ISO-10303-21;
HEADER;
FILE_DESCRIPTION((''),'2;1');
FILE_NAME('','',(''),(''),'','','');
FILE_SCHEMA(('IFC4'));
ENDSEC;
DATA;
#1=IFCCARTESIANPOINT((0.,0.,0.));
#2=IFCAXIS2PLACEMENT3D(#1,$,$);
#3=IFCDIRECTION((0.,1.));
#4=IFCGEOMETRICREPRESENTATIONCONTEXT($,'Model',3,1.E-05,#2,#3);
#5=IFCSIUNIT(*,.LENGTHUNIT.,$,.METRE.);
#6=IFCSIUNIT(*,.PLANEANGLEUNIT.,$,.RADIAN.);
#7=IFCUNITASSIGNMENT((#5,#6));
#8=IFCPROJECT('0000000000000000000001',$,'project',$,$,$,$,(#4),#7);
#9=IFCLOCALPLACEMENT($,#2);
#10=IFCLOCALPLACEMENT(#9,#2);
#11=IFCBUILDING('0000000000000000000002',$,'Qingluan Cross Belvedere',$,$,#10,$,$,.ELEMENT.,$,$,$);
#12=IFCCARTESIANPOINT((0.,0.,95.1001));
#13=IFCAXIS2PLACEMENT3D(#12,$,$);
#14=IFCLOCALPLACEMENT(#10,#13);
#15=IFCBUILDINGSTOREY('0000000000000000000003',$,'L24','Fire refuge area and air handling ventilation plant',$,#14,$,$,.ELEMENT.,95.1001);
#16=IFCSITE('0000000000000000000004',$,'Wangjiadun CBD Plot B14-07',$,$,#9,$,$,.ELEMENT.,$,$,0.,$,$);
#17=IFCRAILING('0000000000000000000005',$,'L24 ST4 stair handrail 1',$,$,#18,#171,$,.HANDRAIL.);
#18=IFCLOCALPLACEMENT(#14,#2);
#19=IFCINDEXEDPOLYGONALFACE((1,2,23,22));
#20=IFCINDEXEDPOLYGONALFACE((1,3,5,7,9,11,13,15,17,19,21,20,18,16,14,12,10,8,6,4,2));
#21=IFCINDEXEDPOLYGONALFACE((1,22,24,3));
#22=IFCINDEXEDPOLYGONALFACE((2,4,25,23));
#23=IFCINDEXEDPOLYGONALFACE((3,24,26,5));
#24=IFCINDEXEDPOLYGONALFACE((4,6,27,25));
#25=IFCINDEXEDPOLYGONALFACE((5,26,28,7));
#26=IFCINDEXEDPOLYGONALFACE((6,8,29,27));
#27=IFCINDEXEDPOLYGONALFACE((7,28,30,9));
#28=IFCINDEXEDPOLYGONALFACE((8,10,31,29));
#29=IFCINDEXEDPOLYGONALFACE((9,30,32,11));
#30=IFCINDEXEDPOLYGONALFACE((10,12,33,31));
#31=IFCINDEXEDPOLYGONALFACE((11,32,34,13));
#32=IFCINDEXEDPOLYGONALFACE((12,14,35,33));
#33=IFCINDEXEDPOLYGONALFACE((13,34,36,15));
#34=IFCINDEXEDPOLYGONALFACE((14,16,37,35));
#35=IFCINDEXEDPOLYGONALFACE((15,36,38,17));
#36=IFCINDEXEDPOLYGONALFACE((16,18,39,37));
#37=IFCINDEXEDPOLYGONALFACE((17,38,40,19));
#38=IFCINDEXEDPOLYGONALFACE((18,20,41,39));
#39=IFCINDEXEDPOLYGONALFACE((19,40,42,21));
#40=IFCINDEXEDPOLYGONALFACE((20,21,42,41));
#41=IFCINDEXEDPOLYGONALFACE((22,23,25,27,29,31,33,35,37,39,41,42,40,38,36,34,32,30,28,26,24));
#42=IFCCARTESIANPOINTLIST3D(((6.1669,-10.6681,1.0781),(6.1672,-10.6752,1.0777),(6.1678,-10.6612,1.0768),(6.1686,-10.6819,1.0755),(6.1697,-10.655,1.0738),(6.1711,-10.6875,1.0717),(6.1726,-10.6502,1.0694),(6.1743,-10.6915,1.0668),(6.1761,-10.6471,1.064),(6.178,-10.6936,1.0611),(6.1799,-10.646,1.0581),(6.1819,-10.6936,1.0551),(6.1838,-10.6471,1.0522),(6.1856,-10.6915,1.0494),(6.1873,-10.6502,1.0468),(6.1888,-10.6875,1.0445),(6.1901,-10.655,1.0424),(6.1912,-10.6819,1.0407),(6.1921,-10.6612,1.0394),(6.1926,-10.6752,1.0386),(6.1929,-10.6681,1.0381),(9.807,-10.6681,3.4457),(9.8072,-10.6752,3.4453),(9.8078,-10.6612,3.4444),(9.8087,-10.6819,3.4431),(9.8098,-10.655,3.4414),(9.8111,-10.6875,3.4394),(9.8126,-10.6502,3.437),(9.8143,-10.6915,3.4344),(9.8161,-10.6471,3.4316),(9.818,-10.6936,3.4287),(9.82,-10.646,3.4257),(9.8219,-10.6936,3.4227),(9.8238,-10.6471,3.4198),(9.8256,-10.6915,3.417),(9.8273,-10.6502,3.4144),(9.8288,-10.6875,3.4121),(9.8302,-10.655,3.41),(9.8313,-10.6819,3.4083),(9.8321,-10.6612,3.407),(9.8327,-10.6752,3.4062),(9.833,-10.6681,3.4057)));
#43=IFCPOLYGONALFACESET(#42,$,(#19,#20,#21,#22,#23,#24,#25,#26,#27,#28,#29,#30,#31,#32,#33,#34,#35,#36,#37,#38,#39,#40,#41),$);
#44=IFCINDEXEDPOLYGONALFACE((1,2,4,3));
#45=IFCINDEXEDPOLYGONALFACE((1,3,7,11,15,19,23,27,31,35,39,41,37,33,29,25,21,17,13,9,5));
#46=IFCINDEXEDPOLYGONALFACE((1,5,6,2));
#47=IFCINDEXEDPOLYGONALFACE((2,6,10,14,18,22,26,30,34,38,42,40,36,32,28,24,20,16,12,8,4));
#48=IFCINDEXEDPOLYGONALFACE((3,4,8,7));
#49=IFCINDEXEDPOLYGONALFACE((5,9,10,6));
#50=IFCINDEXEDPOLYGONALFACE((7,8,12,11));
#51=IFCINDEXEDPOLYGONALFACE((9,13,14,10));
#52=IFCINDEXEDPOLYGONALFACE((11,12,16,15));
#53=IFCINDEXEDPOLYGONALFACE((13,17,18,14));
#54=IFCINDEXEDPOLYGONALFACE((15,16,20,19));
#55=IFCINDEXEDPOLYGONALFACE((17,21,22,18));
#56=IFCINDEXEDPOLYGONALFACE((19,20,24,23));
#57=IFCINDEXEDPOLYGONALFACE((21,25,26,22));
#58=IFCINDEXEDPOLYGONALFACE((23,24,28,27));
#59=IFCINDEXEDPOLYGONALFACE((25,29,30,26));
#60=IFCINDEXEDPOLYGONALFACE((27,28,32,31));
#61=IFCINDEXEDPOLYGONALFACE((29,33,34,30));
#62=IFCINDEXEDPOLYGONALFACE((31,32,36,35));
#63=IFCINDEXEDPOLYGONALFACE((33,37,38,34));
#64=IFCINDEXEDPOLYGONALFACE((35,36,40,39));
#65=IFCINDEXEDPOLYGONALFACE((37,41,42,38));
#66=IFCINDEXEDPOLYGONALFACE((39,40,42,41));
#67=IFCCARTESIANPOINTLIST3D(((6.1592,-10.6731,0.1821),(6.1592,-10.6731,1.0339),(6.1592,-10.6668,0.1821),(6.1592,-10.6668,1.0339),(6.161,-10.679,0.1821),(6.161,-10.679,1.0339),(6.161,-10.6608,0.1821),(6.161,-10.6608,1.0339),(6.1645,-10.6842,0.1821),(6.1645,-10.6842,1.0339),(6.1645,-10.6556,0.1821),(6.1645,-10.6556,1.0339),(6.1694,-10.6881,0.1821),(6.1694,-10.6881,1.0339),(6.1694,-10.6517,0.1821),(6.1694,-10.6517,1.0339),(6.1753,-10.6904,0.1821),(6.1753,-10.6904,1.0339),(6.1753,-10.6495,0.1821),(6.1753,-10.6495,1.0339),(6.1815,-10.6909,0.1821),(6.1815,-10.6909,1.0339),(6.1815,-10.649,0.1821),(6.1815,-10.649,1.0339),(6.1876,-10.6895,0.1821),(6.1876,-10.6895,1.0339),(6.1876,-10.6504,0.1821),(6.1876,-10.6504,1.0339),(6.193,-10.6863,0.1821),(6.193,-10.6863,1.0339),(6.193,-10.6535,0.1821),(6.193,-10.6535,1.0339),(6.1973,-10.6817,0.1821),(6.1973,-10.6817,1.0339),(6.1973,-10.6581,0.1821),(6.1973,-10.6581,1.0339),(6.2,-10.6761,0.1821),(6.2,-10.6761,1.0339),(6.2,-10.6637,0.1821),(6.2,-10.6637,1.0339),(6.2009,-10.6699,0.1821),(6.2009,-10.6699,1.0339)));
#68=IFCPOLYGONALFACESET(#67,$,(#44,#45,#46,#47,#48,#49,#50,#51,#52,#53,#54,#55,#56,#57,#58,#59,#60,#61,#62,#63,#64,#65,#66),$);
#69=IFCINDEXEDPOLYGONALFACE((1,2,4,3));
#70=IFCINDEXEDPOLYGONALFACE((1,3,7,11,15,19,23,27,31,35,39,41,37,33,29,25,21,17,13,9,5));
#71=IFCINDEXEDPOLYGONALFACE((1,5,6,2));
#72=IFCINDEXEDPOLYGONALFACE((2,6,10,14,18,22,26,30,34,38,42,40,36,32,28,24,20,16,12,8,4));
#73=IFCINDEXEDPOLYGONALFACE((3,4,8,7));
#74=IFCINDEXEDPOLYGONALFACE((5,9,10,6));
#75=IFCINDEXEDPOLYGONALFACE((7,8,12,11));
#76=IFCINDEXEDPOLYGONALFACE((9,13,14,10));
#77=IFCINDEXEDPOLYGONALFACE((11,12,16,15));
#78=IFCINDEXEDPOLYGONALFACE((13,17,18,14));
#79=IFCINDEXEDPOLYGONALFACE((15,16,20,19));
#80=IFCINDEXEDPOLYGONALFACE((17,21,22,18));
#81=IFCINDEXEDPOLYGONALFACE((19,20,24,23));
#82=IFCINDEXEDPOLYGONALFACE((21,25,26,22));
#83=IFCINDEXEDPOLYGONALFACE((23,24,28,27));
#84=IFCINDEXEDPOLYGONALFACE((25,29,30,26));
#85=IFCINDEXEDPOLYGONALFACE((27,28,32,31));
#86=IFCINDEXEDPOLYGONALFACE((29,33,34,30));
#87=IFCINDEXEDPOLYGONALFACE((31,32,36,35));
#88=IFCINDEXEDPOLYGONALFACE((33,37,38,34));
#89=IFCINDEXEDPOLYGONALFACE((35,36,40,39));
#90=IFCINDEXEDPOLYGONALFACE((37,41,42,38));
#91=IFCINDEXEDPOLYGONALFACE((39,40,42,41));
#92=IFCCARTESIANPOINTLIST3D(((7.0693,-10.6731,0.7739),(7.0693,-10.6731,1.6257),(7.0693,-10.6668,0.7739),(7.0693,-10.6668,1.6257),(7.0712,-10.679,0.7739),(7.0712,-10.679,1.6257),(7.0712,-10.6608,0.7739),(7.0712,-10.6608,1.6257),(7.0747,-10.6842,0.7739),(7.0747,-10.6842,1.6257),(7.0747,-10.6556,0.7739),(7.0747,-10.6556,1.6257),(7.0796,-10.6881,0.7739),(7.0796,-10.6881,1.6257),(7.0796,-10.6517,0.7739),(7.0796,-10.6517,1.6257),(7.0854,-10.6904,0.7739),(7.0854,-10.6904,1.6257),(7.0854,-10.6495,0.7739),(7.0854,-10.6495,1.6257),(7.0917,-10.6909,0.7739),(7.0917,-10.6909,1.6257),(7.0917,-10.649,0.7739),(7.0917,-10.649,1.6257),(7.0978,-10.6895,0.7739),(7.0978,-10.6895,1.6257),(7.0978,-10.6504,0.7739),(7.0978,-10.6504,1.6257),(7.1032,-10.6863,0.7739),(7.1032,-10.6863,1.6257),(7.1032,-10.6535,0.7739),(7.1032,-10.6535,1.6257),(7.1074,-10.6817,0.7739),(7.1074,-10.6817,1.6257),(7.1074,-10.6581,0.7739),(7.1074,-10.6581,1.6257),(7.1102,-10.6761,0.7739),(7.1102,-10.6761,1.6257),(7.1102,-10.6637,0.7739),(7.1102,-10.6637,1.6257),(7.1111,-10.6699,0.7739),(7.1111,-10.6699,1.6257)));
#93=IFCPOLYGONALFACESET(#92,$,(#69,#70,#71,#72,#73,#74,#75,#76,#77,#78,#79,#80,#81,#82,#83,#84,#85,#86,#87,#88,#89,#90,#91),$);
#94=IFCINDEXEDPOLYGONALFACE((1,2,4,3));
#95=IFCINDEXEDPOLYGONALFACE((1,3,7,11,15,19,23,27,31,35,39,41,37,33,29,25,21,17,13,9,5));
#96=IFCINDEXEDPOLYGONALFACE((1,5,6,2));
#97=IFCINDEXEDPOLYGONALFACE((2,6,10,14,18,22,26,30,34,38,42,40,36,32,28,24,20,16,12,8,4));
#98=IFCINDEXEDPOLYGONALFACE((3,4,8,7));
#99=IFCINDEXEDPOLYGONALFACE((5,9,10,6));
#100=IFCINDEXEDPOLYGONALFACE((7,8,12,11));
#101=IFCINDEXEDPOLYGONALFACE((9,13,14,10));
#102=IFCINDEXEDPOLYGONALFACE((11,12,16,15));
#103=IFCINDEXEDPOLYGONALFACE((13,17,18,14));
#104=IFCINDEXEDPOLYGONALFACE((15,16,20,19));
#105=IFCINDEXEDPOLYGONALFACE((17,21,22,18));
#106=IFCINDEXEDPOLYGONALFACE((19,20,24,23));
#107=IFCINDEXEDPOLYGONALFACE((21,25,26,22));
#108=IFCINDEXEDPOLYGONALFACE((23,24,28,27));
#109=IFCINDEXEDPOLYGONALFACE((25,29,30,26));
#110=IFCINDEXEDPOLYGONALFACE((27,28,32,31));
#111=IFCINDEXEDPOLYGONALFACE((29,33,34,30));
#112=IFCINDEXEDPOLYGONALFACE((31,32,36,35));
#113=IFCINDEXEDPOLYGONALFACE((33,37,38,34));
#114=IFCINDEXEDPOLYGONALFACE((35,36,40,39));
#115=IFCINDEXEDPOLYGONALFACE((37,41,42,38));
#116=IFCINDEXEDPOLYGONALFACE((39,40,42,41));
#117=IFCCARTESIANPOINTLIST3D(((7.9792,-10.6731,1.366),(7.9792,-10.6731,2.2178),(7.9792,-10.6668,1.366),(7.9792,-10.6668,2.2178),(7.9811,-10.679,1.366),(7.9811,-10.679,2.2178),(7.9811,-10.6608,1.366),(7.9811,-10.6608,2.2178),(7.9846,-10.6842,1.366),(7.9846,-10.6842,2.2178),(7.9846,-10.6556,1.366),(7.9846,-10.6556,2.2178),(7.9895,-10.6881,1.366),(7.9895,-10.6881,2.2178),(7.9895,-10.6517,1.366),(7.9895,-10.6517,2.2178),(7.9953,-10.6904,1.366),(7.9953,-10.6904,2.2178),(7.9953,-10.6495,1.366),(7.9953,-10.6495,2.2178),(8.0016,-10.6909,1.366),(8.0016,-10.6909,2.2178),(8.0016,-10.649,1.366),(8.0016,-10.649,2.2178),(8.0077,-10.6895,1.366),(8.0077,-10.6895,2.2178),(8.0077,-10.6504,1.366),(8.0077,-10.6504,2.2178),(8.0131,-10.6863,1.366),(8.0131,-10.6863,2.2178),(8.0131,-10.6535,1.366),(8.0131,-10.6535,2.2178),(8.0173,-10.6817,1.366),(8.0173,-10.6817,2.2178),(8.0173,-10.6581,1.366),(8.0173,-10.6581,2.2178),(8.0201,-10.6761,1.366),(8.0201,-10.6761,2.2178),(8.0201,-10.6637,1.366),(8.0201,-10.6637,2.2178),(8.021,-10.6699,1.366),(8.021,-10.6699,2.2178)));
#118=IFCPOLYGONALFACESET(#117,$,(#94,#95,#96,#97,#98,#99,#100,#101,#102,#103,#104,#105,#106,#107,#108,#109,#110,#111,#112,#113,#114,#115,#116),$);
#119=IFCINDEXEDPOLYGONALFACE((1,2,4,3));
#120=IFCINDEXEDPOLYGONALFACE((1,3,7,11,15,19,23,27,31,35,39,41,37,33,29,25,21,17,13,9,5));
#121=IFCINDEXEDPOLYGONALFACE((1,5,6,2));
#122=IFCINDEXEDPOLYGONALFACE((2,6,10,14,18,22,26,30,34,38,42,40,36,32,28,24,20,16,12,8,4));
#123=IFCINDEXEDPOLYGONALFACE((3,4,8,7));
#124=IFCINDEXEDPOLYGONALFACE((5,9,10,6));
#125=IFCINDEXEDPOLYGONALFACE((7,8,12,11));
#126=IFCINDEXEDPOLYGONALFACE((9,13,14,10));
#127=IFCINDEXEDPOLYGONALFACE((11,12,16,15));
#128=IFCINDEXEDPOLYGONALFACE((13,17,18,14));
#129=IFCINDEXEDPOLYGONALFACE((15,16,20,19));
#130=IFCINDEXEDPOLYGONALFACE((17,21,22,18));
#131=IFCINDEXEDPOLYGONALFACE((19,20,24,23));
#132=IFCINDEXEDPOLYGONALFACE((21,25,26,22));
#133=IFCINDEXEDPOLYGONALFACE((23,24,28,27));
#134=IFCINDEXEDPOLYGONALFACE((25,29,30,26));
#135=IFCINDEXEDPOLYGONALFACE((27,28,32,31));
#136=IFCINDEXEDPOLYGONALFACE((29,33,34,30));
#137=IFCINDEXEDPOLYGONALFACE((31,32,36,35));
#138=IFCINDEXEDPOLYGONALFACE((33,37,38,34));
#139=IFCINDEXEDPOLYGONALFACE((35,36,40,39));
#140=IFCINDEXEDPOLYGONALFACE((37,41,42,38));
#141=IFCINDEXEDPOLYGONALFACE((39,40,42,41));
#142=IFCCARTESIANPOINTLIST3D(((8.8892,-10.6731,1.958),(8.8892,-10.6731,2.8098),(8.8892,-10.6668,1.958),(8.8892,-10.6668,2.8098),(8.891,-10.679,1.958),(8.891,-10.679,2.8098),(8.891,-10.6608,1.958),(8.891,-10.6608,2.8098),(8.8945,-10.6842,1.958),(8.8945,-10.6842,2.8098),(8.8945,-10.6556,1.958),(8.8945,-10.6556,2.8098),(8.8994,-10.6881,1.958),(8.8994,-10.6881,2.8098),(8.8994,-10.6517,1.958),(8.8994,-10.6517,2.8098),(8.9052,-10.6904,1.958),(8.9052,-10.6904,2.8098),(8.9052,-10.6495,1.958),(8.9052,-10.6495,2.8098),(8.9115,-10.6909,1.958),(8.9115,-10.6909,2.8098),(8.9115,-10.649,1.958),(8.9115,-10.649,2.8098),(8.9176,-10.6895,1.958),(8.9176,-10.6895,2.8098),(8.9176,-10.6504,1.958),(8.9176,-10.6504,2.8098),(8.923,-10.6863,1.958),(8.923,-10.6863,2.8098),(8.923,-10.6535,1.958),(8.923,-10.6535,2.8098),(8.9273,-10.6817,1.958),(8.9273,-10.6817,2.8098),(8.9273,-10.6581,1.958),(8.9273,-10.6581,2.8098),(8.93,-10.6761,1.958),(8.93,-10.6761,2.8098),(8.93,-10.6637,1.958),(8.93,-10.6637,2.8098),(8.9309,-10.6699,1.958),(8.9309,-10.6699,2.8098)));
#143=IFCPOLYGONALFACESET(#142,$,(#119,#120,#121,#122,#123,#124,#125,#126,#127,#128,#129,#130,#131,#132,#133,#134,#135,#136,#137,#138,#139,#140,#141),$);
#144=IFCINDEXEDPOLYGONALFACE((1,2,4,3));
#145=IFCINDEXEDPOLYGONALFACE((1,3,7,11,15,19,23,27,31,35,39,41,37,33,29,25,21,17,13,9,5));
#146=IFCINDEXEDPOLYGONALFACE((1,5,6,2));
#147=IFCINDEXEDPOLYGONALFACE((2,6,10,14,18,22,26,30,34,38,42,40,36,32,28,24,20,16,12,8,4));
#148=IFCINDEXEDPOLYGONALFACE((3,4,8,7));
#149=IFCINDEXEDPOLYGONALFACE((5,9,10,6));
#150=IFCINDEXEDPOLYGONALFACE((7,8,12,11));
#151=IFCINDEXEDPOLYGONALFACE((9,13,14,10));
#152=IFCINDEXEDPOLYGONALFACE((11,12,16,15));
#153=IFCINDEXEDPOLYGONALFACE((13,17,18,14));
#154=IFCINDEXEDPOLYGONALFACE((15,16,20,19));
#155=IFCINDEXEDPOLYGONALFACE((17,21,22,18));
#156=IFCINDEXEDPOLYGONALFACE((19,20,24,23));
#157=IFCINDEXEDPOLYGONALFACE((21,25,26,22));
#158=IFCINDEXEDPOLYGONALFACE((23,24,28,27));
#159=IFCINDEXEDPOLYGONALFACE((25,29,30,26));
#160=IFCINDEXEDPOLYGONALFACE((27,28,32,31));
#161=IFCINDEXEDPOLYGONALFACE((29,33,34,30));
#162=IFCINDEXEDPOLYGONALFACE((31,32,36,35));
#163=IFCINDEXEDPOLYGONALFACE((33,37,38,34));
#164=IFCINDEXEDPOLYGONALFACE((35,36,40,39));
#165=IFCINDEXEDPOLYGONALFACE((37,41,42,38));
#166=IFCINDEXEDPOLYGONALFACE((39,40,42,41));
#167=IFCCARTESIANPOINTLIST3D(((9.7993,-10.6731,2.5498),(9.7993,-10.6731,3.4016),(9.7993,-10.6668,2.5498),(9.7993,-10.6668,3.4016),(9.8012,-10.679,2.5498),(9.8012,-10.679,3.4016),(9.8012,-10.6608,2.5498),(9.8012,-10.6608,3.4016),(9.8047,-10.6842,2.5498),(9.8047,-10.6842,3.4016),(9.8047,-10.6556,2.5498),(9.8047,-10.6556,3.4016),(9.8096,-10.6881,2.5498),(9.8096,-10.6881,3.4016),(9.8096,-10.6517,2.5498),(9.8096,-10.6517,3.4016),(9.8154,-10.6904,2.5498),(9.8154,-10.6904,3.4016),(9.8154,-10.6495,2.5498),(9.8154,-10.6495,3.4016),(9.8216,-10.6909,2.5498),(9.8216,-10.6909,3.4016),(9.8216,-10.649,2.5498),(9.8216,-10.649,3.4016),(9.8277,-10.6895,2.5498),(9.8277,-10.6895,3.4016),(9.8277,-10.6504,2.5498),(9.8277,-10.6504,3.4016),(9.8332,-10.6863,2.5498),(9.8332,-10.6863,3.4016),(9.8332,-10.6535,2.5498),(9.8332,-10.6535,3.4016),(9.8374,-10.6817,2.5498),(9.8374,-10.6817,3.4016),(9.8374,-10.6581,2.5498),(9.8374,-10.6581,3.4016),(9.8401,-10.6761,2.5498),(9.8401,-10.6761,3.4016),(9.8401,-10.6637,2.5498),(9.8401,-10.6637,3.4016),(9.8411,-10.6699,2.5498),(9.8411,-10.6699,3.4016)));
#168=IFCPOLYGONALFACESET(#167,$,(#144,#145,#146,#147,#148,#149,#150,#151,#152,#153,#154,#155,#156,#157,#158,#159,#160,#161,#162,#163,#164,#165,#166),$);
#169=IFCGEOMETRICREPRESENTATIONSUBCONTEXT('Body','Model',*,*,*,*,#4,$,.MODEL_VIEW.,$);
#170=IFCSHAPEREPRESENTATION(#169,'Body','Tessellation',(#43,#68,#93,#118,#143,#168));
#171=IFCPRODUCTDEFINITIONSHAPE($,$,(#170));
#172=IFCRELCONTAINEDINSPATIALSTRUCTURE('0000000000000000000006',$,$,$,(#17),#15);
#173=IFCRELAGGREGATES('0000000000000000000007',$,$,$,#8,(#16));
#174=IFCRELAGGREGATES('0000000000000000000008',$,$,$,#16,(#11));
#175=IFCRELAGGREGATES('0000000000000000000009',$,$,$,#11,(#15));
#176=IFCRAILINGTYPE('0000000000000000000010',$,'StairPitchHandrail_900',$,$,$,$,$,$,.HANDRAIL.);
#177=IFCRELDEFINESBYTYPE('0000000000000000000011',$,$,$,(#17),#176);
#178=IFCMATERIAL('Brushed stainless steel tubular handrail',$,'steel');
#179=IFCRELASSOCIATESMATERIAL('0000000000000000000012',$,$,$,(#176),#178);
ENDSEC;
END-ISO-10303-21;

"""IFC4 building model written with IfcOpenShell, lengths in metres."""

from ifc_helpers import new_model, si_unit, direction, frame, origin, origin_2d, place, context, subcontext, project, spatial, circle, extrude, material, type_object, element, save


model = new_model("IFC4")

# Units and contexts
model_context = context("Model", 3, precision=1e-05, world=origin(), true_north=direction((0.0, 1.0)))
body_context = subcontext(model_context, "Body", "Model", "MODEL_VIEW")
ifc_project = project(units=[si_unit("LENGTHUNIT", "METRE"), si_unit("PLANEANGLEUNIT", "RADIAN")], contexts=[model_context])

# Site, building, storey
site_placement = place(None, origin())
site = spatial("IfcSite", under=ifc_project, at=site_placement, Name="Wangjiadun CBD Plot B14-07", CompositionType="ELEMENT", RefElevation=0.0)
building_placement = place(site_placement, origin())
building = spatial("IfcBuilding", under=site, at=building_placement, Name="Qingluan Cross Belvedere", CompositionType="ELEMENT")
storey_placement = place(building_placement, frame((0.0, 0.0, 95.1001)))
storey = spatial("IfcBuildingStorey", under=building, at=storey_placement, Name="L24", Description="Fire refuge area and air handling ventilation plant", CompositionType="ELEMENT", Elevation=95.1001)

# Railing
ifc_material_1 = material(Name="Brushed stainless steel tubular handrail", Category="steel")
railing_type_1 = type_object("IfcRailingType", Name="StairPitchHandrail_900", PredefinedType="HANDRAIL", material=ifc_material_1)
for number, where, name in (
    (1, (6.1799, -10.6699, 0.1821), "L24 ST4 stair handrail 1"),
):
    element("IfcRailing", number, at=place(storey_placement, frame(where)), inside=storey, type_object=railing_type_1, Name=name, PredefinedType="HANDRAIL", context=body_context, shape_type="SweptSolid", body=[
        extrude(circle(Radius=0.0239, at=origin_2d()), frame((0.0, 0.0, 0.876), z_axis=(0.838277, 0.0, 0.545245), x_axis=(0.0, 1.0, 0.0)), (0.0, 0.0, 1.0), 4.3423),
        extrude(circle(Radius=0.021, at=origin_2d()), origin(), (0.0, 0.0, 1.0), 0.8518),
        extrude(circle(Radius=0.021, at=origin_2d()), frame((0.9102, 0.0, 0.5918)), (0.0, 0.0, 1.0), 0.8518),
        extrude(circle(Radius=0.021, at=origin_2d()), frame((1.8201, 0.0, 1.1838)), (0.0, 0.0, 1.0), 0.8518),
        extrude(circle(Radius=0.021, at=origin_2d()), frame((2.73, 0.0, 1.7759)), (0.0, 0.0, 1.0), 0.8518),
        extrude(circle(Radius=0.021, at=origin_2d()), frame((3.6401, 0.0, 2.3677)), (0.0, 0.0, 1.0), 0.8518),
    ])

save(model, "model.ifc")
